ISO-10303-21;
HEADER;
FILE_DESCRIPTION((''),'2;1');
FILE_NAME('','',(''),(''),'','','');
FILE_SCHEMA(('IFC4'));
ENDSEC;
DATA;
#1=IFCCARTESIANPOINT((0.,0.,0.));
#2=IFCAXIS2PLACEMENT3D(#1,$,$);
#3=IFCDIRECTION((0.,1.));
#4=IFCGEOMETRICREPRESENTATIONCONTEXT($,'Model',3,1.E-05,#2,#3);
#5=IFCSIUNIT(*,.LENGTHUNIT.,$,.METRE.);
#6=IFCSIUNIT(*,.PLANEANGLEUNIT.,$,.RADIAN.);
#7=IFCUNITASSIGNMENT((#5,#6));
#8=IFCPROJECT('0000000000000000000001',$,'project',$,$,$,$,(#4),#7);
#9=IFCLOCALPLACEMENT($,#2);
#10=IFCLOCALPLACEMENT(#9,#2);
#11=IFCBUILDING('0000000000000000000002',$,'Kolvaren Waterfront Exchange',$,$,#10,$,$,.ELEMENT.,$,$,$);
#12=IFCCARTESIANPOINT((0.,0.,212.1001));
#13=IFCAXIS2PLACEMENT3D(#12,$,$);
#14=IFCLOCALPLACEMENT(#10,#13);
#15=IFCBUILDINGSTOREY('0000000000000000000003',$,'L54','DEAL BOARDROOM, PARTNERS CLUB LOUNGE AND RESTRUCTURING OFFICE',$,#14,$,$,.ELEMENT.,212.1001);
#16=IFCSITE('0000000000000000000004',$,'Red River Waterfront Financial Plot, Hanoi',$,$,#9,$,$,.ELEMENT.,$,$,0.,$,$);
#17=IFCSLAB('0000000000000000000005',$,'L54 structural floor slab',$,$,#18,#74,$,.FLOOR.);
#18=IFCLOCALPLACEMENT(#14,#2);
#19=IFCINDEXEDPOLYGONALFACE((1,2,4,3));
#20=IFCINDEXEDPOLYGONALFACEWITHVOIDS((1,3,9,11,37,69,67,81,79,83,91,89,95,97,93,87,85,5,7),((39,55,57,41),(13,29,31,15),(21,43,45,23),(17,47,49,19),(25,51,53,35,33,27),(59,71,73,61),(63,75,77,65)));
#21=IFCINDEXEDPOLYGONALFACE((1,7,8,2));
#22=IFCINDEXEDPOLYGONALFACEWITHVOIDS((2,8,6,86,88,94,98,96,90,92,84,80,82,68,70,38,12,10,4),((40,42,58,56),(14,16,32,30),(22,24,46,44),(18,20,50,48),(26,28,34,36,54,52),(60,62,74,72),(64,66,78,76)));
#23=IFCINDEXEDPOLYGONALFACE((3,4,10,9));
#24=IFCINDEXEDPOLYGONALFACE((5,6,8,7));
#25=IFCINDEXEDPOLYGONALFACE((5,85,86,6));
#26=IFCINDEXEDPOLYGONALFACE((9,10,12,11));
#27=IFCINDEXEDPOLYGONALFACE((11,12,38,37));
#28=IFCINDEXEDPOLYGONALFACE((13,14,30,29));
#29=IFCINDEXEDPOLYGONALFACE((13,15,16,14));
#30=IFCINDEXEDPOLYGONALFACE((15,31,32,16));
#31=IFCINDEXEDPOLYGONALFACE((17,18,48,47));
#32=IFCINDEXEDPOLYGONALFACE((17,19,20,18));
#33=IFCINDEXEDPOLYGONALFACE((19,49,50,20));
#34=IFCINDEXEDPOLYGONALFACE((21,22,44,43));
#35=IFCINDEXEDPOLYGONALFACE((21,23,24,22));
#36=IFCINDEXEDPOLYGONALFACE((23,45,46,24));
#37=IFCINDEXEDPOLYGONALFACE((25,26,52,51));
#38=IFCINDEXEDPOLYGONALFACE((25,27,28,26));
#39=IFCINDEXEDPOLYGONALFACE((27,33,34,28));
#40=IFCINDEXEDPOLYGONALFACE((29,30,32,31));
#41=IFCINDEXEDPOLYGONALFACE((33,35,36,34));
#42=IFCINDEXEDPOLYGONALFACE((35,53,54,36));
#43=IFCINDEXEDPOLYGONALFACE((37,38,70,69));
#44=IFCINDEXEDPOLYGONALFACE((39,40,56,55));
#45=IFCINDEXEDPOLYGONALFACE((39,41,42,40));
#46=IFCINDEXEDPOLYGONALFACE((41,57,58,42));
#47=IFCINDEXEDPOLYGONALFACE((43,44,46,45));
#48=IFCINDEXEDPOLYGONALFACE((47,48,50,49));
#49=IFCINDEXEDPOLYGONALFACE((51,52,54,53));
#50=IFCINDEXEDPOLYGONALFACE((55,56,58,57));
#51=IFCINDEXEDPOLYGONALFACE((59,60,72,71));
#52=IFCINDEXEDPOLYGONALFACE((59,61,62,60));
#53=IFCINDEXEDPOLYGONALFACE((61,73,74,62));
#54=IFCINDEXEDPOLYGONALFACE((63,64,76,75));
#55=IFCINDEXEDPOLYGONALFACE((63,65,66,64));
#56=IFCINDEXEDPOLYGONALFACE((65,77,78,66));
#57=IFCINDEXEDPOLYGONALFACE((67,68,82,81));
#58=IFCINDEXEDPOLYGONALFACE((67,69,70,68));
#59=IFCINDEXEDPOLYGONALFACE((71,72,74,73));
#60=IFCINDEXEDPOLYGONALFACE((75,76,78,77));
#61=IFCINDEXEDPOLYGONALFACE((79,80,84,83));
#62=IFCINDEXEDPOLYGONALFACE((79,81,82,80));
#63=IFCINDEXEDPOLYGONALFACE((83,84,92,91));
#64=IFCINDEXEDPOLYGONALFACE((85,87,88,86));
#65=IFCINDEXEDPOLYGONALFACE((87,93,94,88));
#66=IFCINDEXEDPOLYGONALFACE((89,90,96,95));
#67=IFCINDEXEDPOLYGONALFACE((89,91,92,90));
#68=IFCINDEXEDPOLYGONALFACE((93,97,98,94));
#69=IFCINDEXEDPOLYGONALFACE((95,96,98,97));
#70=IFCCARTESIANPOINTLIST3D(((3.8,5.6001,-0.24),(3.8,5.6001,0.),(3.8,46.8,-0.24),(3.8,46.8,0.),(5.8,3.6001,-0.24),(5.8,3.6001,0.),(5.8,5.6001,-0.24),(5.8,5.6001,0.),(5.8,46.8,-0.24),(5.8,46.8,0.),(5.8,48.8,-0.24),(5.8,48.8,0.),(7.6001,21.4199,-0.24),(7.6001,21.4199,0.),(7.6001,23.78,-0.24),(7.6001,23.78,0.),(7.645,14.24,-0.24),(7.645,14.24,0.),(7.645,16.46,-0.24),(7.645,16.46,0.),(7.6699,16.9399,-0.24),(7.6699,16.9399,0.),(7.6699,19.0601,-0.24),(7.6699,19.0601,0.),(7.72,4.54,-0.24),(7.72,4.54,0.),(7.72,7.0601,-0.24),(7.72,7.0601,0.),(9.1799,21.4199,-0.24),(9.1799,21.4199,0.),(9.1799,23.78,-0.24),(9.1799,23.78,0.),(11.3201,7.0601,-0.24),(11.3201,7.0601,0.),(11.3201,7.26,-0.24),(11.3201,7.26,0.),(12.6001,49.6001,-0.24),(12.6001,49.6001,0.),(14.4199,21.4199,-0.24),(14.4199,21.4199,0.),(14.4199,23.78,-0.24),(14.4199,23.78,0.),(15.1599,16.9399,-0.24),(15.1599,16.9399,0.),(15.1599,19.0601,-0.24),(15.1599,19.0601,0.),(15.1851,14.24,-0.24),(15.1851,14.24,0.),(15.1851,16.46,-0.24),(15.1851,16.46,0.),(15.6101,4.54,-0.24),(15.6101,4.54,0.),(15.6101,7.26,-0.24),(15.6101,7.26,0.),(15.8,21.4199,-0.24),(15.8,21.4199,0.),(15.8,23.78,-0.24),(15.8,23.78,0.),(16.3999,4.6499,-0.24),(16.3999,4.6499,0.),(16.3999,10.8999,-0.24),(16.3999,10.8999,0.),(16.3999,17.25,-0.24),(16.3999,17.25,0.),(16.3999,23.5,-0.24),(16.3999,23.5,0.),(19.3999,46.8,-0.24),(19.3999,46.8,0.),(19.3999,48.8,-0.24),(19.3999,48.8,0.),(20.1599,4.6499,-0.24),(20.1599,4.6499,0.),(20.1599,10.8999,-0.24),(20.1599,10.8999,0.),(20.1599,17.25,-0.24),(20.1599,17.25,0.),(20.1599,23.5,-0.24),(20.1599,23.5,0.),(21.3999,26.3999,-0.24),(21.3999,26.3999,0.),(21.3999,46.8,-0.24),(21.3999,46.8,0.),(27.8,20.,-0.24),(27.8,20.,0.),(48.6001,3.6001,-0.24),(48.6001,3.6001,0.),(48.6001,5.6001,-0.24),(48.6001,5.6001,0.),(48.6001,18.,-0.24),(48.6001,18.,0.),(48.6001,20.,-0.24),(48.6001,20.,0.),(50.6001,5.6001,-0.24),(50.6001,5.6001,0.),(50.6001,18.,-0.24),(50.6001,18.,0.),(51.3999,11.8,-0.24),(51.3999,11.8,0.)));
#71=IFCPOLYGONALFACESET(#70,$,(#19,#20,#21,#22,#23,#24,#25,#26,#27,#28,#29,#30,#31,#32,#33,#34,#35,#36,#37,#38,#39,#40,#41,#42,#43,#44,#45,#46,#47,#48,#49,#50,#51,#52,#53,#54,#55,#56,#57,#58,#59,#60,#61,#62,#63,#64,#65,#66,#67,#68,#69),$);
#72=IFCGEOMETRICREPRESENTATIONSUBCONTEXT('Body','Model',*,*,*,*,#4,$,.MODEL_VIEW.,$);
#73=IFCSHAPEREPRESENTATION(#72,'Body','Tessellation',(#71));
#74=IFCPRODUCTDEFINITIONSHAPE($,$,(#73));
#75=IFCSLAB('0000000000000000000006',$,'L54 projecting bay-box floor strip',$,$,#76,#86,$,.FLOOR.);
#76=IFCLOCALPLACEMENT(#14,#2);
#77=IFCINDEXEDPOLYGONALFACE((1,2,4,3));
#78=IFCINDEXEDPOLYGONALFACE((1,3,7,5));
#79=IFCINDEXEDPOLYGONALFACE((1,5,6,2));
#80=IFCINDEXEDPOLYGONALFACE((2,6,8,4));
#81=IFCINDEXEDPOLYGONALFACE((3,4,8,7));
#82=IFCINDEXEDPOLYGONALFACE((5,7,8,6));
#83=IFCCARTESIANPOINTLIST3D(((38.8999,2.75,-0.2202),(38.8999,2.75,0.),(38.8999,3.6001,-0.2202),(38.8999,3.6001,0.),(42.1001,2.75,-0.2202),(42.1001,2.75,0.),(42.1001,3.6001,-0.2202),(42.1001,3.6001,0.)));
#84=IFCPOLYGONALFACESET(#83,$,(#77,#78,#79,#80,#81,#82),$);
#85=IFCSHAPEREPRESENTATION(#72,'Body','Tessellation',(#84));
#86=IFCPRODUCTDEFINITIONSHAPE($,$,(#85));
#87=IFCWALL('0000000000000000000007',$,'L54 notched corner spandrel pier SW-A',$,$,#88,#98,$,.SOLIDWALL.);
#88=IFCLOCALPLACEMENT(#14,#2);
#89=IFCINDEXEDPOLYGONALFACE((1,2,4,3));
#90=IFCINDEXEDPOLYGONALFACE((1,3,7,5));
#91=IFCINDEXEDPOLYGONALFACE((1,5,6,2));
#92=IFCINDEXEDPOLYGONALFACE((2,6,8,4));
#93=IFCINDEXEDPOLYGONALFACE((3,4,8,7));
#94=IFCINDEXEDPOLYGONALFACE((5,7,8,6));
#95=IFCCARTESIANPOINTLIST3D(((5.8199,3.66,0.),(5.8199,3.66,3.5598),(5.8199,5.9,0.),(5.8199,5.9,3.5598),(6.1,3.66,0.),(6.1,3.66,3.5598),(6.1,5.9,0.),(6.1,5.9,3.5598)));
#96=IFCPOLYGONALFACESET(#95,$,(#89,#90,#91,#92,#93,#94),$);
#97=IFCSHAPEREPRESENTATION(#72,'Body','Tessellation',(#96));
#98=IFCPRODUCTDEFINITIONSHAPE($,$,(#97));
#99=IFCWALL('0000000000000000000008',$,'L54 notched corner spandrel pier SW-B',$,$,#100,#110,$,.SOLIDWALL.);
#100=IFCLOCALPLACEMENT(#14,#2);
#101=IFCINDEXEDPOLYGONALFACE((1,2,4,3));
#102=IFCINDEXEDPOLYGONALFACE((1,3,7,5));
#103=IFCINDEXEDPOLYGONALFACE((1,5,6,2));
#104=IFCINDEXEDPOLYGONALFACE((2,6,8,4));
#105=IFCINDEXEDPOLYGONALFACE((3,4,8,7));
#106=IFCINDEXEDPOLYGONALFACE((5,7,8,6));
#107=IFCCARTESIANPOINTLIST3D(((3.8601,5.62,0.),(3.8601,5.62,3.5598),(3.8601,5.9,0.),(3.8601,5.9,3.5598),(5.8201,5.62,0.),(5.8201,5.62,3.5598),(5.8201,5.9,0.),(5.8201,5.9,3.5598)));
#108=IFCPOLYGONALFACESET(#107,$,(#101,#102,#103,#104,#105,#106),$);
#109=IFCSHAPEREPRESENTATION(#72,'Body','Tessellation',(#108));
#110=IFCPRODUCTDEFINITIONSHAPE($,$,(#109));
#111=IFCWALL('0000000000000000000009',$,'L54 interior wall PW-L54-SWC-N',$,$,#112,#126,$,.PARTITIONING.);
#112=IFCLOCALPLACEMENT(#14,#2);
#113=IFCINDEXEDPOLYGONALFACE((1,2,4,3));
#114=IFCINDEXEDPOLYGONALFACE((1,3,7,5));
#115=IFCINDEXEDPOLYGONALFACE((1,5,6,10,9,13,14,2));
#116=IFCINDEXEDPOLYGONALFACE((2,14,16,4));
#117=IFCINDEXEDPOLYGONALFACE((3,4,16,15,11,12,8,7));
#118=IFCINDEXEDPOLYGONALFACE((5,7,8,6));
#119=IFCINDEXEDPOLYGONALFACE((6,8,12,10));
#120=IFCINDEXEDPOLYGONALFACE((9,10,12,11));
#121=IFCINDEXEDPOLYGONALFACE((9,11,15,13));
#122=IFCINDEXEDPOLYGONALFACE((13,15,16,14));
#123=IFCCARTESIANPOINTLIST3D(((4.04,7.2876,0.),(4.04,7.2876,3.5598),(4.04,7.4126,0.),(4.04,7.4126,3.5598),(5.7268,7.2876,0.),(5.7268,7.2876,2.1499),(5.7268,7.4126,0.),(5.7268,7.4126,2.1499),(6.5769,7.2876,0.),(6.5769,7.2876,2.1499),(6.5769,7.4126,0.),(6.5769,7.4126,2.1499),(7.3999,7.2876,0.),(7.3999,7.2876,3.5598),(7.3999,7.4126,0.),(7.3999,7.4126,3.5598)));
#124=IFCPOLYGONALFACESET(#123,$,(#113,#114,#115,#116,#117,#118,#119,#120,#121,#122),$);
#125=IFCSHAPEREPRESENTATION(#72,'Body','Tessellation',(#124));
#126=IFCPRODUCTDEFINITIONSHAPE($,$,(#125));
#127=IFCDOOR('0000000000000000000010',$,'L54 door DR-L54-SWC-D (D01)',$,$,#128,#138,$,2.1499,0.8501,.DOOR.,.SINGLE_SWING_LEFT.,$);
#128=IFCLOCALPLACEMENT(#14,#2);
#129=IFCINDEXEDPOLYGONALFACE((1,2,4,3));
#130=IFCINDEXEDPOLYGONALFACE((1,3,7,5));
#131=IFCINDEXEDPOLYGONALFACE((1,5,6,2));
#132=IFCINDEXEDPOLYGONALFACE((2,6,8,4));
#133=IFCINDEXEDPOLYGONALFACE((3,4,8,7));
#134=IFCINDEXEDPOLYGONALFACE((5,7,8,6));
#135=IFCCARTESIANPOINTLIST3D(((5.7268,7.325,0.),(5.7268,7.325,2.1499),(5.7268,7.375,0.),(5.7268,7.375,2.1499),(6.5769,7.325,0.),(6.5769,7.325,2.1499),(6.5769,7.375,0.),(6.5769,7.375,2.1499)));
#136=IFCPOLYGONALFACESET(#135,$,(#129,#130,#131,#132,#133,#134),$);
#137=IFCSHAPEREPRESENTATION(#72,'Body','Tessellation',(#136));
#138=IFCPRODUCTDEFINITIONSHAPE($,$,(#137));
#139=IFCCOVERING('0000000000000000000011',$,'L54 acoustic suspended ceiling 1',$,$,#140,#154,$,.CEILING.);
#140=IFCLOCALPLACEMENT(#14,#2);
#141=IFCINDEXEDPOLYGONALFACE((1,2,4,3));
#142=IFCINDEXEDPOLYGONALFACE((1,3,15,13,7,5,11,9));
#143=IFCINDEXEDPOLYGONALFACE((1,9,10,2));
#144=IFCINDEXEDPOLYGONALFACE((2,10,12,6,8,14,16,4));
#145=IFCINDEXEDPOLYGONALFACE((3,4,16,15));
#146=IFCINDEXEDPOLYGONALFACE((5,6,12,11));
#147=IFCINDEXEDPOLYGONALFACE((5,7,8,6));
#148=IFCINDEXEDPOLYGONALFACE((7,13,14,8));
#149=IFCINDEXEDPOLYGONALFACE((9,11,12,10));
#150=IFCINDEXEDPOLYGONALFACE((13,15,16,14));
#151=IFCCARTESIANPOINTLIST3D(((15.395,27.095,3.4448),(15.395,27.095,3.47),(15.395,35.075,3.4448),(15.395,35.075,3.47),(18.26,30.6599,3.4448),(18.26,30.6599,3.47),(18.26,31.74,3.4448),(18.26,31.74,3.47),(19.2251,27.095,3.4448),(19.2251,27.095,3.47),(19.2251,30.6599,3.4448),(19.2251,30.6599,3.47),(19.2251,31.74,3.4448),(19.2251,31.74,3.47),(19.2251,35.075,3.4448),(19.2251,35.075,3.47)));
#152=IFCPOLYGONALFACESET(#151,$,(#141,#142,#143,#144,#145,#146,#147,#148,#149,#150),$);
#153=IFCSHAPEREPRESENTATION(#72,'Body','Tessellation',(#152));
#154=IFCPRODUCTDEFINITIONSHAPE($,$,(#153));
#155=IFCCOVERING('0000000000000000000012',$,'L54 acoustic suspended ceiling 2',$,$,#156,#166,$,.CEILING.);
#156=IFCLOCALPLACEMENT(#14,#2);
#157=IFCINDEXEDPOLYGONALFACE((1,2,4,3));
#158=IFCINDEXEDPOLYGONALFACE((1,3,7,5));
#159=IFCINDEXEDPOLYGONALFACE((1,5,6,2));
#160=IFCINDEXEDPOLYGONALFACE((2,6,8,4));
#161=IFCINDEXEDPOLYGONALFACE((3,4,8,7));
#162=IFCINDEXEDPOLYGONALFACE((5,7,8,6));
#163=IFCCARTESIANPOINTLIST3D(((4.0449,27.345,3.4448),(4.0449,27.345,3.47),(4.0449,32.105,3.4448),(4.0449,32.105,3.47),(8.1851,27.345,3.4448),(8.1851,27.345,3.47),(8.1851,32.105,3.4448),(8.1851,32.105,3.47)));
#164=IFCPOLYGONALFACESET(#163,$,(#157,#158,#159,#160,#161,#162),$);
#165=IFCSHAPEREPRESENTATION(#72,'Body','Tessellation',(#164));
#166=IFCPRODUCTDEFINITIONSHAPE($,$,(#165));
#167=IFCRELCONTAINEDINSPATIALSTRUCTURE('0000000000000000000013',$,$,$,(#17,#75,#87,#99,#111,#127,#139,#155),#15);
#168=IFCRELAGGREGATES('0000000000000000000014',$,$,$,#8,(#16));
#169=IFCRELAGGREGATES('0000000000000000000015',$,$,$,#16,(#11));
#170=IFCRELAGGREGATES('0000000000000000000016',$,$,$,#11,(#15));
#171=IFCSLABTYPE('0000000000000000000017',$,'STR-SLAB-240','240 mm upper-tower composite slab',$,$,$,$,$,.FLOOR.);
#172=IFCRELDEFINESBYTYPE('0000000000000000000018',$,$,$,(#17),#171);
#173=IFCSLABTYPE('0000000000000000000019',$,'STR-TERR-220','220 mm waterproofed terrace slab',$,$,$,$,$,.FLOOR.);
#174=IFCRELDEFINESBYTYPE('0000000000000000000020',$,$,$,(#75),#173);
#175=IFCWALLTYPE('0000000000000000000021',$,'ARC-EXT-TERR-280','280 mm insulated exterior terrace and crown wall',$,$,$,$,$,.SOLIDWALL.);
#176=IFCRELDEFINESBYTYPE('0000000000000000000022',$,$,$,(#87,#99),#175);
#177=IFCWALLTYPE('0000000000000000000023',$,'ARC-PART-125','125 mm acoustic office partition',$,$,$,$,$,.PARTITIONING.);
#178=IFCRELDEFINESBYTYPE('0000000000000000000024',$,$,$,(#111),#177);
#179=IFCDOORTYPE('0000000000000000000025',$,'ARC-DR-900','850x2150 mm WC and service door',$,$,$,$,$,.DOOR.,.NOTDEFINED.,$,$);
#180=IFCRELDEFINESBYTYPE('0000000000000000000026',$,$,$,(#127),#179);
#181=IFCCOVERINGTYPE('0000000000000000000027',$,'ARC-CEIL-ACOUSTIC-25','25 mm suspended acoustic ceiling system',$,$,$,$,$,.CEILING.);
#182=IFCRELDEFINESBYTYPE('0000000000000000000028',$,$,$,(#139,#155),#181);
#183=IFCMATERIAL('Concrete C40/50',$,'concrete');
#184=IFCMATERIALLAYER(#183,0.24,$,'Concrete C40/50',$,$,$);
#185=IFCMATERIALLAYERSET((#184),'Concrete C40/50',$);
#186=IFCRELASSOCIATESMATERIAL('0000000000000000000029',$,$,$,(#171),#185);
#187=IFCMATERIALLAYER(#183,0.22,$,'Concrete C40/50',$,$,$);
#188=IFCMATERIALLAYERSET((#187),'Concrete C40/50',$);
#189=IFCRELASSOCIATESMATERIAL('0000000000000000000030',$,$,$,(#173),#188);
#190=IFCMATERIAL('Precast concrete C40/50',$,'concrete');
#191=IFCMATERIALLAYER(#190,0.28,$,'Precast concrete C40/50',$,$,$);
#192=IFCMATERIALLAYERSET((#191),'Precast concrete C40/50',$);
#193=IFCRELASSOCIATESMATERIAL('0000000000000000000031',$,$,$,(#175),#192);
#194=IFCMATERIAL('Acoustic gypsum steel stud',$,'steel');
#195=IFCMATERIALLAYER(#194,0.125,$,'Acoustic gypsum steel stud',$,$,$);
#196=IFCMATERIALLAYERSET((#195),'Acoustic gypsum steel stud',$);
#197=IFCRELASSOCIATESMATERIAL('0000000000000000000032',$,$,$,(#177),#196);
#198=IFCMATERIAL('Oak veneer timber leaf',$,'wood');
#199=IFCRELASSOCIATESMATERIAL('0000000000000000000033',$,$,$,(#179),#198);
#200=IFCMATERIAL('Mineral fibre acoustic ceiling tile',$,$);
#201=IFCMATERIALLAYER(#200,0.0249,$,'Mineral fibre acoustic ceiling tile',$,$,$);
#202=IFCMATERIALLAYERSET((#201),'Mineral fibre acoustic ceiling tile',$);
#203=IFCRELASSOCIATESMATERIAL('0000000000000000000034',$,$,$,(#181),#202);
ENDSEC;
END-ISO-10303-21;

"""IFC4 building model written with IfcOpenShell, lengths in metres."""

from ifc_helpers import new_model, si_unit, direction, frame, frame_2d, origin, place, context, subcontext, project, spatial, polyline, rectangle, outline, extrude, material, layer, layer_set, type_object, element, fill, save


model = new_model("IFC4")

# Units and contexts
model_context = context("Model", 3, precision=1e-05, world=origin(), true_north=direction((0.0, 1.0)))
body_context = subcontext(model_context, "Body", "Model", "MODEL_VIEW")
ifc_project = project(units=[si_unit("LENGTHUNIT", "METRE"), si_unit("PLANEANGLEUNIT", "RADIAN")], contexts=[model_context])

# Site, building, storey
site_placement = place(None, origin())
site = spatial("IfcSite", under=ifc_project, at=site_placement, Name="Red River Waterfront Financial Plot, Hanoi", CompositionType="ELEMENT", RefElevation=0.0)
building_placement = place(site_placement, origin())
building = spatial("IfcBuilding", under=site, at=building_placement, Name="Kolvaren Waterfront Exchange", CompositionType="ELEMENT")
storey_placement = place(building_placement, frame((0.0, 0.0, 212.1001)))
storey = spatial("IfcBuildingStorey", under=building, at=storey_placement, Name="L54", Description="DEAL BOARDROOM, PARTNERS CLUB LOUNGE AND RESTRUCTURING OFFICE", CompositionType="ELEMENT", Elevation=212.1001)

# Shared definitions
ifc_material_1 = material(Name="Concrete C40/50", Category="concrete")

# Slabs
ifc_layer_1 = layer(ifc_material_1, 0.24, Name="Concrete C40/50")
ifc_layer_set_1 = layer_set([ifc_layer_1], Name="Concrete C40/50")
slab_type_1 = type_object("IfcSlabType", Name="STR-SLAB-240", Description="240 mm upper-tower composite slab", PredefinedType="FLOOR", material=ifc_layer_set_1)
slab_1_placement = place(storey_placement, frame((0.0, 0.0, -0.24)))
element("IfcSlab", 1, at=slab_1_placement, inside=storey, type_object=slab_type_1, Name="L54 structural floor slab", PredefinedType="FLOOR", context=body_context, shape_type="SweptSolid", body=[
    extrude(outline(polyline([(5.8, 3.6001), (48.6001, 3.6001), (48.6001, 5.6001), (50.6001, 5.6001), (51.3999, 11.8), (50.6001, 18.0), (48.6001, 18.0), (48.6001, 20.0), (27.8, 20.0), (21.3999, 26.3999), (21.3999, 46.8), (19.3999, 46.8), (19.3999, 48.8), (12.6001, 49.6001), (5.8, 48.8), (5.8, 46.8), (3.8, 46.8), (3.8, 5.6001), (5.8, 5.6001), (5.8, 3.6001)]), holes=[polyline([(11.3201, 7.26), (15.6101, 7.26), (15.6101, 4.54), (7.72, 4.54), (7.72, 7.0601), (11.3201, 7.0601), (11.3201, 7.26)]), polyline([(20.1599, 10.8999), (20.1599, 4.6499), (16.3999, 4.6499), (16.3999, 10.8999), (20.1599, 10.8999)]), polyline([(15.1851, 14.24), (7.645, 14.24), (7.645, 16.46), (15.1851, 16.46), (15.1851, 14.24)]), polyline([(15.1599, 16.9399), (7.6699, 16.9399), (7.6699, 19.0601), (15.1599, 19.0601), (15.1599, 16.9399)]), polyline([(16.3999, 17.25), (16.3999, 23.5), (20.1599, 23.5), (20.1599, 17.25), (16.3999, 17.25)]), polyline([(7.6001, 23.78), (9.1799, 23.78), (9.1799, 21.4199), (7.6001, 21.4199), (7.6001, 23.78)]), polyline([(14.4199, 23.78), (15.8, 23.78), (15.8, 21.4199), (14.4199, 21.4199), (14.4199, 23.78)])]), origin(), (0.0, 0.0, 1.0), 0.24),
])
ifc_layer_2 = layer(ifc_material_1, 0.22, Name="Concrete C40/50")
ifc_layer_set_2 = layer_set([ifc_layer_2], Name="Concrete C40/50")
slab_type_2 = type_object("IfcSlabType", Name="STR-TERR-220", Description="220 mm waterproofed terrace slab", PredefinedType="FLOOR", material=ifc_layer_set_2)
slab_2_placement = place(storey_placement, frame((0.0, 0.0, -0.2202)))
element("IfcSlab", 2, at=slab_2_placement, inside=storey, type_object=slab_type_2, Name="L54 projecting bay-box floor strip", PredefinedType="FLOOR", context=body_context, shape_type="SweptSolid", body=[
    extrude(outline(polyline([(38.8999, 2.75), (42.1001, 2.75), (42.1001, 3.6001), (38.8999, 3.6001), (38.8999, 2.75)])), origin(), (0.0, 0.0, 1.0), 0.2202),
])

# Walls
ifc_material_2 = material(Name="Precast concrete C40/50", Category="concrete")
ifc_layer_3 = layer(ifc_material_2, 0.28, Name="Precast concrete C40/50")
ifc_layer_set_3 = layer_set([ifc_layer_3], Name="Precast concrete C40/50")
wall_type_1 = type_object("IfcWallType", Name="ARC-EXT-TERR-280", Description="280 mm insulated exterior terrace and crown wall", PredefinedType="SOLIDWALL", material=ifc_layer_set_3)
wall_1_placement = place(storey_placement, frame((5.96, 3.6599, 0.0), z_axis=(0.0, 0.0, 1.0), x_axis=(0.0, 1.0, 0.0)))
element("IfcWall", 3, at=wall_1_placement, inside=storey, type_object=wall_type_1, Name="L54 notched corner spandrel pier SW-A", PredefinedType="SOLIDWALL", context=body_context, shape_type="SweptSolid", body=[
    extrude(rectangle(XDim=2.24, YDim=0.28, at=frame_2d((1.1201, 0.0))), origin(), (0.0, 0.0, 1.0), 3.5598),
])
wall_2_placement = place(storey_placement, frame((3.8601, 5.76, 0.0), z_axis=(0.0, 0.0, 1.0), x_axis=(1.0, 0.0, 0.0)))
element("IfcWall", 4, at=wall_2_placement, inside=storey, type_object=wall_type_1, Name="L54 notched corner spandrel pier SW-B", PredefinedType="SOLIDWALL", context=body_context, shape_type="SweptSolid", body=[
    extrude(rectangle(XDim=1.96, YDim=0.28, at=frame_2d((0.98, 0.0))), origin(), (0.0, 0.0, 1.0), 3.5598),
])

# Wall, opening, door
ifc_material_3 = material(Name="Acoustic gypsum steel stud", Category="steel")
ifc_layer_4 = layer(ifc_material_3, 0.125, Name="Acoustic gypsum steel stud")
ifc_layer_set_4 = layer_set([ifc_layer_4], Name="Acoustic gypsum steel stud")
wall_type_2 = type_object("IfcWallType", Name="ARC-PART-125", Description="125 mm acoustic office partition", PredefinedType="PARTITIONING", material=ifc_layer_set_4)
wall_3_placement = place(storey_placement, frame((4.04, 7.3501, 0.0), z_axis=(0.0, 0.0, 1.0), x_axis=(1.0, 0.0, 0.0)))
wall_3 = element("IfcWall", 5, at=wall_3_placement, inside=storey, type_object=wall_type_2, Name="L54 interior wall PW-L54-SWC-N", PredefinedType="PARTITIONING", context=body_context, shape_type="SweptSolid", body=[
    extrude(rectangle(XDim=3.3599, YDim=0.125, at=frame_2d((1.6799, 0.0))), origin(), (0.0, 0.0, 1.0), 3.5598),
])
opening_placement = place(wall_3_placement, frame((1.6868, 0.0, 0.0)))
opening = element("IfcOpeningElement", 6, at=opening_placement, cuts=wall_3, PredefinedType="OPENING", context=body_context, shape_type="SweptSolid", body=[
    extrude(rectangle(XDim=0.8501, YDim=2.1499, at=frame_2d((0.425, 1.075))), frame((0.0, 0.0725, 0.0), z_axis=(0.0, -1.0, 0.0), x_axis=(1.0, 0.0, 0.0)), (0.0, 0.0, 1.0), 0.145),
])
ifc_material_4 = material(Name="Oak veneer timber leaf", Category="wood")
door_type = type_object("IfcDoorType", Name="ARC-DR-900", Description="850x2150 mm WC and service door", OperationType="NOTDEFINED", PredefinedType="DOOR", material=ifc_material_4)
door_placement = place(opening_placement, origin())
door = element("IfcDoor", 7, at=door_placement, inside=storey, type_object=door_type, Name="L54 door DR-L54-SWC-D (D01)", OperationType="SINGLE_SWING_LEFT", OverallHeight=2.1499, OverallWidth=0.8501, PredefinedType="DOOR", context=body_context, shape_type="SweptSolid", body=[
    extrude(rectangle(XDim=0.8501, YDim=2.1499, at=frame_2d((0.425, 1.075))), frame((0.0, 0.0249, 0.0), z_axis=(0.0, -1.0, 0.0), x_axis=(1.0, 0.0, 0.0)), (0.0, 0.0, 1.0), 0.05),
])
fill(opening, door)

# Coverings
ifc_material_5 = material(Name="Mineral fibre acoustic ceiling tile")
ifc_layer_5 = layer(ifc_material_5, 0.0249, Name="Mineral fibre acoustic ceiling tile")
ifc_layer_set_5 = layer_set([ifc_layer_5], Name="Mineral fibre acoustic ceiling tile")
covering_type_1 = type_object("IfcCoveringType", Name="ARC-CEIL-ACOUSTIC-25", Description="25 mm suspended acoustic ceiling system", PredefinedType="CEILING", material=ifc_layer_set_5)
covering_1_placement = place(storey_placement, frame((0.0, 0.0, 3.4448)))
element("IfcCovering", 8, at=covering_1_placement, inside=storey, type_object=covering_type_1, Name="L54 acoustic suspended ceiling 1", PredefinedType="CEILING", context=body_context, shape_type="SweptSolid", body=[
    extrude(outline(polyline([(19.2251, 30.6599), (18.26, 30.6599), (18.26, 31.74), (19.2251, 31.74), (19.2251, 35.075), (15.395, 35.075), (15.395, 27.095), (19.2251, 27.095), (19.2251, 30.6599)])), origin(), (0.0, 0.0, 1.0), 0.0251),
])
covering_2_placement = place(storey_placement, frame((0.0, 0.0, 3.4448)))
element("IfcCovering", 9, at=covering_2_placement, inside=storey, type_object=covering_type_1, Name="L54 acoustic suspended ceiling 2", PredefinedType="CEILING", context=body_context, shape_type="SweptSolid", body=[
    extrude(outline(polyline([(8.1851, 27.345), (8.1851, 32.105), (4.0449, 32.105), (4.0449, 27.345), (8.1851, 27.345)])), origin(), (0.0, 0.0, 1.0), 0.0251),
])

save(model, "model.ifc")
